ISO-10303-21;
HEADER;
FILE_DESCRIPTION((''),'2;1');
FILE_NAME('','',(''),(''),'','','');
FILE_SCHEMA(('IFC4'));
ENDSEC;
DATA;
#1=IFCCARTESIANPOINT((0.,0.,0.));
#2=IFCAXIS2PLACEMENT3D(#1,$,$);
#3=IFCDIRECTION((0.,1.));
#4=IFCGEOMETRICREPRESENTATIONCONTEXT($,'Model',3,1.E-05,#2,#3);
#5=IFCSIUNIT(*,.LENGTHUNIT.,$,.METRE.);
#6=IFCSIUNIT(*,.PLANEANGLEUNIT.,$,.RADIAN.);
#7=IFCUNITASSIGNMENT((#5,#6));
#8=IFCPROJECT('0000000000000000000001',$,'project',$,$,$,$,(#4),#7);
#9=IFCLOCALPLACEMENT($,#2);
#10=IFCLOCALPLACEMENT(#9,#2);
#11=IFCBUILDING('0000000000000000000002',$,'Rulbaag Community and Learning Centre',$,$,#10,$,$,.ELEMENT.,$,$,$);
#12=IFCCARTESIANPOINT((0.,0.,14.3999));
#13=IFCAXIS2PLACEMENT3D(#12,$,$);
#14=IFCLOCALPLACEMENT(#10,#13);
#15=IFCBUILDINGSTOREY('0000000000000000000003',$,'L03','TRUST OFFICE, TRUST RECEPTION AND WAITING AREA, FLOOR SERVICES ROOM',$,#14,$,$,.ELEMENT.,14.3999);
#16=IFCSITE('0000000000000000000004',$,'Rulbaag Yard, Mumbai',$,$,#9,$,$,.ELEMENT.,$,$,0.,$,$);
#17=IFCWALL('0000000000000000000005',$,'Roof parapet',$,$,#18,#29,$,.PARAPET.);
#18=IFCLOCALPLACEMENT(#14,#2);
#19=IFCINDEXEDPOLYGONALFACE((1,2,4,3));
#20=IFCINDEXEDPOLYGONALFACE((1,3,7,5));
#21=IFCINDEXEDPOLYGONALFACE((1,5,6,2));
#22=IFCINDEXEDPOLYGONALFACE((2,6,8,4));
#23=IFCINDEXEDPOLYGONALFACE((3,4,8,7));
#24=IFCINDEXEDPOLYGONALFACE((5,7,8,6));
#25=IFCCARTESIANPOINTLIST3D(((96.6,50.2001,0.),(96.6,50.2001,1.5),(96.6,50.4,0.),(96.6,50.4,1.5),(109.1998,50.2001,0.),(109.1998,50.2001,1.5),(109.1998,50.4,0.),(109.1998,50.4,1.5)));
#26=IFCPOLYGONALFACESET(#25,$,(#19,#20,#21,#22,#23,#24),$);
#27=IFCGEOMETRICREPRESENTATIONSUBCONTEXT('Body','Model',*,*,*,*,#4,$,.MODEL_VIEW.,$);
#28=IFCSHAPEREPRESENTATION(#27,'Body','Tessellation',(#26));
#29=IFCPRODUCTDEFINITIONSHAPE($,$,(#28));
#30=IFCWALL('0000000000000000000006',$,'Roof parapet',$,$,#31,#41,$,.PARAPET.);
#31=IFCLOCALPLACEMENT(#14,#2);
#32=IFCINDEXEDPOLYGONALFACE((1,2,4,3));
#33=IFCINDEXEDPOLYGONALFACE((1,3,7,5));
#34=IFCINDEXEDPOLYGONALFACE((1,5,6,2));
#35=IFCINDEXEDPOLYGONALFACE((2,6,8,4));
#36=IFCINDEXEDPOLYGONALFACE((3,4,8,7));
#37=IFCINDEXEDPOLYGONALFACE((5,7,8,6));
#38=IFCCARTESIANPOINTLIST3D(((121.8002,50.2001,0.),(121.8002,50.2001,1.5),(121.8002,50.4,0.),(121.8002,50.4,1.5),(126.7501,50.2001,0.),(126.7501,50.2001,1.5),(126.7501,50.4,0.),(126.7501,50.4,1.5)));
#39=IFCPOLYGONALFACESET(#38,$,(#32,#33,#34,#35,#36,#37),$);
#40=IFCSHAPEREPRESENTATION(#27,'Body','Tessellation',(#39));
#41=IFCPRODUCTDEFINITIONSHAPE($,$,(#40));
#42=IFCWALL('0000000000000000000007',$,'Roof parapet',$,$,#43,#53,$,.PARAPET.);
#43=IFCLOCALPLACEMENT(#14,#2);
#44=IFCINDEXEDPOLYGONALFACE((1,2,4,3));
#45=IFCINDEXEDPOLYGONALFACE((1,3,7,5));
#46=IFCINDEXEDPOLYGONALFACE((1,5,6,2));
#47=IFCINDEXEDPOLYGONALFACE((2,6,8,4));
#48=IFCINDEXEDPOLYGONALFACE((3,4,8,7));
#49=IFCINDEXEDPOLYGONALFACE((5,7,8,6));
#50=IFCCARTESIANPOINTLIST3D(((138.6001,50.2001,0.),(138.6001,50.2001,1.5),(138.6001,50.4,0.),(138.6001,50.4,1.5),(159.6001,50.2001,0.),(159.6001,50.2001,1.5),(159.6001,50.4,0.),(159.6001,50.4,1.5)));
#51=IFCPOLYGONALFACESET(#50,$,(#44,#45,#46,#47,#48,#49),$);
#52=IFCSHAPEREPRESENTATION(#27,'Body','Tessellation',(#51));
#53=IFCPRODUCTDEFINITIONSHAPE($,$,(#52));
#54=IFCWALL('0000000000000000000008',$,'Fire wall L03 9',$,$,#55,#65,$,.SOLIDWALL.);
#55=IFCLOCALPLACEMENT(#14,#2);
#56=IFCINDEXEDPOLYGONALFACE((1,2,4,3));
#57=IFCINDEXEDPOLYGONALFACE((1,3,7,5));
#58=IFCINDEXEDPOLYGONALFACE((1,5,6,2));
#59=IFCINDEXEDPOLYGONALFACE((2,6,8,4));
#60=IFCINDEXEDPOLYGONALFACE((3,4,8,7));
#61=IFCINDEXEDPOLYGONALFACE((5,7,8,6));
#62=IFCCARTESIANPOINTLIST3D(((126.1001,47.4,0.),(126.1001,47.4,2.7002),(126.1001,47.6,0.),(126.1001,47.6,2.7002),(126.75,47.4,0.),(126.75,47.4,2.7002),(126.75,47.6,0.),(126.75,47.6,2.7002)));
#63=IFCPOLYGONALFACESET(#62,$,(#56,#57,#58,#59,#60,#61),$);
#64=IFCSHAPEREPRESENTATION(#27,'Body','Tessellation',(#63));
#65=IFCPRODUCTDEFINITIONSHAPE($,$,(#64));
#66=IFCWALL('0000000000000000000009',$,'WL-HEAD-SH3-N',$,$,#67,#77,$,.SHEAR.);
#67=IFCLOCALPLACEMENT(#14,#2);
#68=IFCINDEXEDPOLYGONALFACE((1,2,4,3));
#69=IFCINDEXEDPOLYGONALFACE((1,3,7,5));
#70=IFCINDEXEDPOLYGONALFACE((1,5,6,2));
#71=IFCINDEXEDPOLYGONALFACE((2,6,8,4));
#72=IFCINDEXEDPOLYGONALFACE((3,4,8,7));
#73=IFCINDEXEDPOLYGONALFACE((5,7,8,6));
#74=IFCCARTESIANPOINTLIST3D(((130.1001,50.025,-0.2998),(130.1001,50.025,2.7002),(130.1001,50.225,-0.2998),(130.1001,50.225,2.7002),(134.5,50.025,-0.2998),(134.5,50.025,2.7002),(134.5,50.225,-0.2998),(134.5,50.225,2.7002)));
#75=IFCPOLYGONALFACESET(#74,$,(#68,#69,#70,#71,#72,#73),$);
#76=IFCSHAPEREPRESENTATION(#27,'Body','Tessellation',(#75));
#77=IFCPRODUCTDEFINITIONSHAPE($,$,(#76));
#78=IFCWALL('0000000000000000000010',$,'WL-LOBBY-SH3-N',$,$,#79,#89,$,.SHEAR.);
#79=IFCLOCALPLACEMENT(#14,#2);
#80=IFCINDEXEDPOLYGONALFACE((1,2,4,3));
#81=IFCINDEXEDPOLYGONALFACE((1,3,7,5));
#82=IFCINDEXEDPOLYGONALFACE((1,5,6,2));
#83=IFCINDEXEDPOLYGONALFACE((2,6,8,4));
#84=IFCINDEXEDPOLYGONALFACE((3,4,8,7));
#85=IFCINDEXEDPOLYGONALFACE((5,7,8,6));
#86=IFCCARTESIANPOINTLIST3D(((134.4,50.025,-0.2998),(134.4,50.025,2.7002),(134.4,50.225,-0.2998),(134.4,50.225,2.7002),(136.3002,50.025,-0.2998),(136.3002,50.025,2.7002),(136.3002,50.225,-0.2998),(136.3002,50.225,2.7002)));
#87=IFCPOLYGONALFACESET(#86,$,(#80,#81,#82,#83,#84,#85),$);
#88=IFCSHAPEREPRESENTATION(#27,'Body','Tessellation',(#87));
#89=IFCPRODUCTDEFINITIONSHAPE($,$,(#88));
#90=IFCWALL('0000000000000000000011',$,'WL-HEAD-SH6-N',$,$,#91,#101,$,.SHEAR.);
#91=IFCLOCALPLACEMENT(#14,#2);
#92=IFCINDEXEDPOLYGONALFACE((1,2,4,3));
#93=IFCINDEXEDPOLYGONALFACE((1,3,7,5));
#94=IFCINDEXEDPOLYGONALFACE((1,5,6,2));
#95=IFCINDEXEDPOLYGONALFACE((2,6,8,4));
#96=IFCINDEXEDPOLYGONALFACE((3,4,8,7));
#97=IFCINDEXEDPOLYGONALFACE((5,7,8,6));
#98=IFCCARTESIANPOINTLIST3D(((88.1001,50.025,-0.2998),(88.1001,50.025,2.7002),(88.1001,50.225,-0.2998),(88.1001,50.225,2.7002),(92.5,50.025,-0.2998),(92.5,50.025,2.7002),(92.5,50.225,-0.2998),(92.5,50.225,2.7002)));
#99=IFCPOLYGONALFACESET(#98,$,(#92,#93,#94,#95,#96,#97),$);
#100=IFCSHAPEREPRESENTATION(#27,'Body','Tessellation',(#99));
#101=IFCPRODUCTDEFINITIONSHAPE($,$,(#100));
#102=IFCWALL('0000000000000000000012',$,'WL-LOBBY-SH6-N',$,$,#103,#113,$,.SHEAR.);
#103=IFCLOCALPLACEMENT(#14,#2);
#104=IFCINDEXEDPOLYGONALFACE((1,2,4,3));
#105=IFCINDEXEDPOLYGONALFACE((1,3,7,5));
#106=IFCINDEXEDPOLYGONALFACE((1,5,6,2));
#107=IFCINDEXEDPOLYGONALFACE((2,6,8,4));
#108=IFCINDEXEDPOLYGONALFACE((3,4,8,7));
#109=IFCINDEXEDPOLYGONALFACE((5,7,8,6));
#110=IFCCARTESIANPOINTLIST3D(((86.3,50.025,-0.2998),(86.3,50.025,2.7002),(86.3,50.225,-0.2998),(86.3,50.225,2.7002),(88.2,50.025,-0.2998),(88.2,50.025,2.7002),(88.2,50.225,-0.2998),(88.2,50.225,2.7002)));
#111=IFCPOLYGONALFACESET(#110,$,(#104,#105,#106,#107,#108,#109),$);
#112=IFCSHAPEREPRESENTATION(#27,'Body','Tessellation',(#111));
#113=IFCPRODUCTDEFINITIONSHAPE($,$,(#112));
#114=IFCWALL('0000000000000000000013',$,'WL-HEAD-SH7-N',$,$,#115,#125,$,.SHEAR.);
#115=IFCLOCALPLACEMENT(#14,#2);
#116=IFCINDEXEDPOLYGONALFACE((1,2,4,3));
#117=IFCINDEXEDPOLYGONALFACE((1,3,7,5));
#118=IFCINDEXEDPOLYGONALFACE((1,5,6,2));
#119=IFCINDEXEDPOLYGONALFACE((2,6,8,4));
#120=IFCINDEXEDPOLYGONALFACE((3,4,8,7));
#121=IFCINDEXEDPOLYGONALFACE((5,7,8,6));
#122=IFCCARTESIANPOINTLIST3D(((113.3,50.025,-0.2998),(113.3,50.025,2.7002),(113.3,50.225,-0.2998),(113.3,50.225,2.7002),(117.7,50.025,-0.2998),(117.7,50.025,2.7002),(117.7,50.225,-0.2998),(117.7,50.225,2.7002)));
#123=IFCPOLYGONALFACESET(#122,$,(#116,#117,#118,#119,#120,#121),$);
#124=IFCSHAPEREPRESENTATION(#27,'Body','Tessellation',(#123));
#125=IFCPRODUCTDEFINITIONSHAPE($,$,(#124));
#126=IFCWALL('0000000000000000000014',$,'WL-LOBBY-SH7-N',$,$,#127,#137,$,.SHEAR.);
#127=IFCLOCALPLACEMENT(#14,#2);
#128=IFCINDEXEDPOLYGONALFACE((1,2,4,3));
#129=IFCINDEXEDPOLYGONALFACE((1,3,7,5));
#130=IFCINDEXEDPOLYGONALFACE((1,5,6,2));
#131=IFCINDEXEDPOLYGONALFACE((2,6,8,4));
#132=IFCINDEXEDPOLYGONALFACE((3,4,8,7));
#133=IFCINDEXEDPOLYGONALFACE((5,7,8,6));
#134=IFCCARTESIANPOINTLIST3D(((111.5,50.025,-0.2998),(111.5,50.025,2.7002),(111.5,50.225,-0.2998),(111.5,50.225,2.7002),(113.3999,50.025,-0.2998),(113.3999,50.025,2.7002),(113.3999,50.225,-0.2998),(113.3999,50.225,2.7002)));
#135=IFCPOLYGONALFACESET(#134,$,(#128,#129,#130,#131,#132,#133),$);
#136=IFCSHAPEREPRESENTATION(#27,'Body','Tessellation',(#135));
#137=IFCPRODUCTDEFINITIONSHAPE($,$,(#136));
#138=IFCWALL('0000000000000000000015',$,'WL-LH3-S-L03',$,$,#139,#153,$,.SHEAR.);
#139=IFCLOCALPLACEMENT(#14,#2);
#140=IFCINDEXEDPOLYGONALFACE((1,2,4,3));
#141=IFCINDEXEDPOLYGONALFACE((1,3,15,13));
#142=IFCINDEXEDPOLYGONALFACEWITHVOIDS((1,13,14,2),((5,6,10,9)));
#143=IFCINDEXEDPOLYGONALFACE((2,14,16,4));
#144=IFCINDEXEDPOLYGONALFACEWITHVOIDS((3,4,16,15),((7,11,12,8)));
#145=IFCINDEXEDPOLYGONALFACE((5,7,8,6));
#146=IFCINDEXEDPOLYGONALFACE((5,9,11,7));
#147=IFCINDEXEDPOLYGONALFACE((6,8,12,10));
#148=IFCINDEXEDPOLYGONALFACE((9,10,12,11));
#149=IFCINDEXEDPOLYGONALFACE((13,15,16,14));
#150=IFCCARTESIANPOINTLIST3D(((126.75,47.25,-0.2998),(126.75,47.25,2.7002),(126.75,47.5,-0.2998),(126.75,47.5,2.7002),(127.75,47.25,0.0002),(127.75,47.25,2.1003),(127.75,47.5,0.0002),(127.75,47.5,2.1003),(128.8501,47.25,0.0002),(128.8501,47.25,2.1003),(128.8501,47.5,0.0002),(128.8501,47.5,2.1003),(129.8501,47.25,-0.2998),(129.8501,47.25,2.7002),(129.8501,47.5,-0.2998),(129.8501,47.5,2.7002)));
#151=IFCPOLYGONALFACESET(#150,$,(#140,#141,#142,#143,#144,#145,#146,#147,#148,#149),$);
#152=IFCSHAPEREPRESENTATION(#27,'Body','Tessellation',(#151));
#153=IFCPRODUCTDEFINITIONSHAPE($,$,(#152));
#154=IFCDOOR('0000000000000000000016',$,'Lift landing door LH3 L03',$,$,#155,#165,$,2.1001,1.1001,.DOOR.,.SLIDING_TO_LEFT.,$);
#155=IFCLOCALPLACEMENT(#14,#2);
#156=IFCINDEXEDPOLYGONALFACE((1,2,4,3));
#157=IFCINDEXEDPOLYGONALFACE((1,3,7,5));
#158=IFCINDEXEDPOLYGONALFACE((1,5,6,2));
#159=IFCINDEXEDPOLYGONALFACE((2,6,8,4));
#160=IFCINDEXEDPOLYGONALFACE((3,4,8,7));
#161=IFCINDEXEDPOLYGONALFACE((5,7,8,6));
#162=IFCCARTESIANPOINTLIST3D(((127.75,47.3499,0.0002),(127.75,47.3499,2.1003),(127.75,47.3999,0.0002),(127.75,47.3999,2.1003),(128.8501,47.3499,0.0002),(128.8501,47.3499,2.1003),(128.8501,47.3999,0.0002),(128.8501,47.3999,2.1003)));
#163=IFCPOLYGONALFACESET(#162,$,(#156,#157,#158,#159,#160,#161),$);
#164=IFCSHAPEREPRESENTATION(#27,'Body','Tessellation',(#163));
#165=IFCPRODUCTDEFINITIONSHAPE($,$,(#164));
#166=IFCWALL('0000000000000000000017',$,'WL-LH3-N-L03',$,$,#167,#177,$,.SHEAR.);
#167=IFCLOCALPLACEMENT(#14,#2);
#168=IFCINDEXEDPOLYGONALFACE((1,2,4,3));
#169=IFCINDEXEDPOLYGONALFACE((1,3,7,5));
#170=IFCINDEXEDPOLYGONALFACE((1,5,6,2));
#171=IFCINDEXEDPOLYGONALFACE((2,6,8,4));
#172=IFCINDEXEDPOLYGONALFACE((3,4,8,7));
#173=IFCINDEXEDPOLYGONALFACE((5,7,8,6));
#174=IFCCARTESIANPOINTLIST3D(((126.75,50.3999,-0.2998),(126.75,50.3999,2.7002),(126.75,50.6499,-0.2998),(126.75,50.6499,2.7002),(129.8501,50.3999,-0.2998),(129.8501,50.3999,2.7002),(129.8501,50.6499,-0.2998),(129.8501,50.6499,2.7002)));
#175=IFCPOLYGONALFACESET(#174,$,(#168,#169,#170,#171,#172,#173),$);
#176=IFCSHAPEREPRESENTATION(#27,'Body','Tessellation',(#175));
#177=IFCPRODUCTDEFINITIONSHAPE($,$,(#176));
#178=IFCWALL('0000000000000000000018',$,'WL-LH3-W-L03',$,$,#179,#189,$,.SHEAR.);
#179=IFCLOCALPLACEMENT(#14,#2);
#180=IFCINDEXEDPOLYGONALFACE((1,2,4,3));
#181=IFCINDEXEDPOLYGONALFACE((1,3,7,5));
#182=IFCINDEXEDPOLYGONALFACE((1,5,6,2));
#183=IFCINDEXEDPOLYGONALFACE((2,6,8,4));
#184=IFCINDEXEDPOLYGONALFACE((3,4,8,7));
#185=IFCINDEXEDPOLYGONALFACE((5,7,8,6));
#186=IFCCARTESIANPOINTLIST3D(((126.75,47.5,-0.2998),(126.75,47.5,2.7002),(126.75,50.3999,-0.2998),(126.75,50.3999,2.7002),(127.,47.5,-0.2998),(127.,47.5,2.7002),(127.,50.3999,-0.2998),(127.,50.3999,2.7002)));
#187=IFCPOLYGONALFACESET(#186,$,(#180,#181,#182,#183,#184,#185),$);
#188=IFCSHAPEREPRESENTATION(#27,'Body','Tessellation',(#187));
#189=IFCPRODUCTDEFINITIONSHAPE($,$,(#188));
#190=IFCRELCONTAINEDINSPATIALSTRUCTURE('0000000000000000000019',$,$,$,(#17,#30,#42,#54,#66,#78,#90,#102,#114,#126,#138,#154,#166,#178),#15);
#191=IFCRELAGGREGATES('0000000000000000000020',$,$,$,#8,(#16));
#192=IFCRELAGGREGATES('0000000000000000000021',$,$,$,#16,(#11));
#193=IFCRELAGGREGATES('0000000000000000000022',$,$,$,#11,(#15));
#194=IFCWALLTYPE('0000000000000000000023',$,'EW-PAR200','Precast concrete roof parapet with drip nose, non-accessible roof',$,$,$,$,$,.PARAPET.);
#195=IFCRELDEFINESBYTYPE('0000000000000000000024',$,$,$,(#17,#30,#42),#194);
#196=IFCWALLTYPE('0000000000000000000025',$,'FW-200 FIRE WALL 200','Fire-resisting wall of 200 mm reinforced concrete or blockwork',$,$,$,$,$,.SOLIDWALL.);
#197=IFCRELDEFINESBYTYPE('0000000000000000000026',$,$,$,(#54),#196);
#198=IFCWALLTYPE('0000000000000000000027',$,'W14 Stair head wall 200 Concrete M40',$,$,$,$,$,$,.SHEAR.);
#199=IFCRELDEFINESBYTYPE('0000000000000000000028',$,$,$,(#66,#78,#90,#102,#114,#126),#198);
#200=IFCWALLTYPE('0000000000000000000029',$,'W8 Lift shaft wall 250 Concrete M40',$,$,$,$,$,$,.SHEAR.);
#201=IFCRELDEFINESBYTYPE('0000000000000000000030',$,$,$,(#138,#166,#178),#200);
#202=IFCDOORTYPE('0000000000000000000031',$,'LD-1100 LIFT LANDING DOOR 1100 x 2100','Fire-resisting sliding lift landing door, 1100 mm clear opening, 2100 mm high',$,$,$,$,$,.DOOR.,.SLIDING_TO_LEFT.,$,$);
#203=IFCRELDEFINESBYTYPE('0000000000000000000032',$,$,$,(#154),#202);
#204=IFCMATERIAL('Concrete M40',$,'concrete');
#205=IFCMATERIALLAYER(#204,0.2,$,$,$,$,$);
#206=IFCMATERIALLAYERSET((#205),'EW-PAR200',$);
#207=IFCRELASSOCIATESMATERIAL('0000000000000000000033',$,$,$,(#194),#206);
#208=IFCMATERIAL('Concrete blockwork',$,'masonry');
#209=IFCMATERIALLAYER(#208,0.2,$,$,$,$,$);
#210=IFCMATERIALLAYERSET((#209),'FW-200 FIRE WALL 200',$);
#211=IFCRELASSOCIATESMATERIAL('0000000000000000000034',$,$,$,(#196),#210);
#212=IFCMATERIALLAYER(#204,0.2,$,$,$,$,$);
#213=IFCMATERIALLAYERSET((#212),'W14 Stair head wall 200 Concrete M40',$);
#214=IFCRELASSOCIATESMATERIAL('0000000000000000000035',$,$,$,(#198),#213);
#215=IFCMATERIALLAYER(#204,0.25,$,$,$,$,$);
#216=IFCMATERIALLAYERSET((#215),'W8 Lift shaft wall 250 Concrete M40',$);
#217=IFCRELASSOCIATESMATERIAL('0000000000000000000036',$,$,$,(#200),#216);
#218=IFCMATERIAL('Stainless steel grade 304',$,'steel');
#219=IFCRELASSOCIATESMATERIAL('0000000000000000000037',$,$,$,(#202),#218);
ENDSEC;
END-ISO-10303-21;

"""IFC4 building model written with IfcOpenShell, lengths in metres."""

from ifc_helpers import new_model, si_unit, direction, frame, frame_2d, origin, place, context, subcontext, project, spatial, rectangle, extrude, material, layer, layer_set, type_object, element, fill, save


model = new_model("IFC4")

# Units and contexts
model_context = context("Model", 3, precision=1e-05, world=origin(), true_north=direction((0.0, 1.0)))
body_context = subcontext(model_context, "Body", "Model", "MODEL_VIEW")
ifc_project = project(units=[si_unit("LENGTHUNIT", "METRE"), si_unit("PLANEANGLEUNIT", "RADIAN")], contexts=[model_context])

# Site, building, storey
site_placement = place(None, origin())
site = spatial("IfcSite", under=ifc_project, at=site_placement, Name="Rulbaag Yard, Mumbai", CompositionType="ELEMENT", RefElevation=0.0)
building_placement = place(site_placement, origin())
building = spatial("IfcBuilding", under=site, at=building_placement, Name="Rulbaag Community and Learning Centre", CompositionType="ELEMENT")
storey_placement = place(building_placement, frame((0.0, 0.0, 14.3999)))
storey = spatial("IfcBuildingStorey", under=building, at=storey_placement, Name="L03", Description="TRUST OFFICE, TRUST RECEPTION AND WAITING AREA, FLOOR SERVICES ROOM", CompositionType="ELEMENT", Elevation=14.3999)

# Shared definitions
ifc_material_1 = material(Name="Concrete M40", Category="concrete")

# Walls
ifc_layer_1 = layer(ifc_material_1, 0.2)
ifc_layer_set_1 = layer_set([ifc_layer_1], Name="EW-PAR200")
wall_type_1 = type_object("IfcWallType", Name="EW-PAR200", Description="Precast concrete roof parapet with drip nose, non-accessible roof", PredefinedType="PARAPET", material=ifc_layer_set_1)
wall_1_placement = place(storey_placement, frame((96.6001, 50.3, 0.0), z_axis=(0.0, 0.0, 1.0), x_axis=(1.0, 0.0, 0.0)))
element("IfcWall", 1, at=wall_1_placement, inside=storey, type_object=wall_type_1, Name="Roof parapet", PredefinedType="PARAPET", context=body_context, shape_type="SweptSolid", body=[
    extrude(rectangle(XDim=12.5999, YDim=0.2, at=frame_2d((6.2998, 0.0))), origin(), (0.0, 0.0, 1.0), 1.5),
])
wall_2_placement = place(storey_placement, frame((121.8, 50.3, 0.0), z_axis=(0.0, 0.0, 1.0), x_axis=(1.0, 0.0, 0.0)))
element("IfcWall", 2, at=wall_2_placement, inside=storey, type_object=wall_type_1, Name="Roof parapet", PredefinedType="PARAPET", context=body_context, shape_type="SweptSolid", body=[
    extrude(rectangle(XDim=4.95, YDim=0.2, at=frame_2d((2.4751, 0.0))), origin(), (0.0, 0.0, 1.0), 1.5),
])
wall_3_placement = place(storey_placement, frame((138.6001, 50.3, 0.0), z_axis=(0.0, 0.0, 1.0), x_axis=(1.0, 0.0, 0.0)))
element("IfcWall", 3, at=wall_3_placement, inside=storey, type_object=wall_type_1, Name="Roof parapet", PredefinedType="PARAPET", context=body_context, shape_type="SweptSolid", body=[
    extrude(rectangle(XDim=21.0, YDim=0.2, at=frame_2d((10.5, 0.0))), origin(), (0.0, 0.0, 1.0), 1.5),
])
ifc_material_2 = material(Name="Concrete blockwork", Category="masonry")
ifc_layer_2 = layer(ifc_material_2, 0.2)
ifc_layer_set_2 = layer_set([ifc_layer_2], Name="FW-200 FIRE WALL 200")
wall_type_2 = type_object("IfcWallType", Name="FW-200 FIRE WALL 200", Description="Fire-resisting wall of 200 mm reinforced concrete or blockwork", PredefinedType="SOLIDWALL", material=ifc_layer_set_2)
wall_4_placement = place(storey_placement, frame((126.1001, 47.5, 0.0), z_axis=(0.0, 0.0, 1.0), x_axis=(1.0, 0.0, 0.0)))
element("IfcWall", 4, at=wall_4_placement, inside=storey, type_object=wall_type_2, Name="Fire wall L03 9", PredefinedType="SOLIDWALL", context=body_context, shape_type="SweptSolid", body=[
    extrude(rectangle(XDim=0.6499, YDim=0.2, at=frame_2d((0.325, 0.0))), origin(), (0.0, 0.0, 1.0), 2.7002),
])
ifc_layer_3 = layer(ifc_material_1, 0.2)
ifc_layer_set_3 = layer_set([ifc_layer_3], Name="W14 Stair head wall 200 Concrete M40")
wall_type_3 = type_object("IfcWallType", Name="W14 Stair head wall 200 Concrete M40", PredefinedType="SHEAR", material=ifc_layer_set_3)
wall_5_placement = place(storey_placement, frame((130.1001, 50.125, -0.2998), z_axis=(0.0, 0.0, 1.0), x_axis=(1.0, 0.0, 0.0)))
element("IfcWall", 5, at=wall_5_placement, inside=storey, type_object=wall_type_3, Name="WL-HEAD-SH3-N", PredefinedType="SHEAR", context=body_context, shape_type="SweptSolid", body=[
    extrude(rectangle(XDim=4.3999, YDim=0.2, at=frame_2d((2.2, 0.0))), origin(), (0.0, 0.0, 1.0), 3.0),
])
wall_6_placement = place(storey_placement, frame((134.3999, 50.125, -0.2998), z_axis=(0.0, 0.0, 1.0), x_axis=(1.0, 0.0, 0.0)))
element("IfcWall", 6, at=wall_6_placement, inside=storey, type_object=wall_type_3, Name="WL-LOBBY-SH3-N", PredefinedType="SHEAR", context=body_context, shape_type="SweptSolid", body=[
    extrude(rectangle(XDim=1.9001, YDim=0.2, at=frame_2d((0.9502, 0.0))), origin(), (0.0, 0.0, 1.0), 3.0),
])
wall_7_placement = place(storey_placement, frame((88.1001, 50.125, -0.2998), z_axis=(0.0, 0.0, 1.0), x_axis=(1.0, 0.0, 0.0)))
element("IfcWall", 7, at=wall_7_placement, inside=storey, type_object=wall_type_3, Name="WL-HEAD-SH6-N", PredefinedType="SHEAR", context=body_context, shape_type="SweptSolid", body=[
    extrude(rectangle(XDim=4.3999, YDim=0.2, at=frame_2d((2.2, 0.0))), origin(), (0.0, 0.0, 1.0), 3.0),
])
wall_8_placement = place(storey_placement, frame((88.2, 50.125, -0.2998), z_axis=(0.0, 0.0, 1.0), x_axis=(-1.0, 0.0, 0.0)))
element("IfcWall", 8, at=wall_8_placement, inside=storey, type_object=wall_type_3, Name="WL-LOBBY-SH6-N", PredefinedType="SHEAR", context=body_context, shape_type="SweptSolid", body=[
    extrude(rectangle(XDim=1.8999, YDim=0.2, at=frame_2d((0.95, 0.0))), origin(), (0.0, 0.0, 1.0), 3.0),
])
wall_9_placement = place(storey_placement, frame((113.3, 50.125, -0.2998), z_axis=(0.0, 0.0, 1.0), x_axis=(1.0, 0.0, 0.0)))
element("IfcWall", 9, at=wall_9_placement, inside=storey, type_object=wall_type_3, Name="WL-HEAD-SH7-N", PredefinedType="SHEAR", context=body_context, shape_type="SweptSolid", body=[
    extrude(rectangle(XDim=4.3999, YDim=0.2, at=frame_2d((2.2, 0.0))), origin(), (0.0, 0.0, 1.0), 3.0),
])
wall_10_placement = place(storey_placement, frame((113.3999, 50.125, -0.2998), z_axis=(0.0, 0.0, 1.0), x_axis=(-1.0, 0.0, 0.0)))
element("IfcWall", 10, at=wall_10_placement, inside=storey, type_object=wall_type_3, Name="WL-LOBBY-SH7-N", PredefinedType="SHEAR", context=body_context, shape_type="SweptSolid", body=[
    extrude(rectangle(XDim=1.8999, YDim=0.2, at=frame_2d((0.95, 0.0))), origin(), (0.0, 0.0, 1.0), 3.0),
])

# Wall, opening, door
ifc_layer_4 = layer(ifc_material_1, 0.25)
ifc_layer_set_4 = layer_set([ifc_layer_4], Name="W8 Lift shaft wall 250 Concrete M40")
wall_type_4 = type_object("IfcWallType", Name="W8 Lift shaft wall 250 Concrete M40", PredefinedType="SHEAR", material=ifc_layer_set_4)
wall_11_placement = place(storey_placement, frame((126.75, 47.375, -0.2998), z_axis=(0.0, 0.0, 1.0), x_axis=(1.0, 0.0, 0.0)))
wall_11 = element("IfcWall", 11, at=wall_11_placement, inside=storey, type_object=wall_type_4, Name="WL-LH3-S-L03", PredefinedType="SHEAR", context=body_context, shape_type="SweptSolid", body=[
    extrude(rectangle(XDim=3.1001, YDim=0.25, at=frame_2d((1.55, 0.0))), origin(), (0.0, 0.0, 1.0), 3.0),
])
opening_placement = place(wall_11_placement, frame((1.0, 0.0, 0.3)))
opening = element("IfcOpeningElement", 12, at=opening_placement, cuts=wall_11, PredefinedType="OPENING", context=body_context, shape_type="SweptSolid", body=[
    extrude(rectangle(XDim=1.1001, YDim=2.1001, at=frame_2d((0.55, 1.05))), frame((0.0, 0.135, 0.0), z_axis=(0.0, -1.0, 0.0), x_axis=(1.0, 0.0, 0.0)), (0.0, 0.0, 1.0), 0.27),
])
ifc_material_3 = material(Name="Stainless steel grade 304", Category="steel")
door_type = type_object("IfcDoorType", Name="LD-1100 LIFT LANDING DOOR 1100 x 2100", Description="Fire-resisting sliding lift landing door, 1100 mm clear opening, 2100 mm high", OperationType="SLIDING_TO_LEFT", PredefinedType="DOOR", material=ifc_material_3)
door_placement = place(opening_placement, origin())
door = element("IfcDoor", 13, at=door_placement, inside=storey, type_object=door_type, Name="Lift landing door LH3 L03", OperationType="SLIDING_TO_LEFT", OverallHeight=2.1001, OverallWidth=1.1001, PredefinedType="DOOR", context=body_context, shape_type="SweptSolid", body=[
    extrude(rectangle(XDim=1.1001, YDim=2.1001, at=frame_2d((0.55, 1.05))), frame((0.0, 0.0249, 0.0), z_axis=(0.0, -1.0, 0.0), x_axis=(1.0, 0.0, 0.0)), (0.0, 0.0, 1.0), 0.05),
])
fill(opening, door)

# Walls
wall_12_placement = place(storey_placement, frame((126.75, 50.5249, -0.2998), z_axis=(0.0, 0.0, 1.0), x_axis=(1.0, 0.0, 0.0)))
element("IfcWall", 14, at=wall_12_placement, inside=storey, type_object=wall_type_4, Name="WL-LH3-N-L03", PredefinedType="SHEAR", context=body_context, shape_type="SweptSolid", body=[
    extrude(rectangle(XDim=3.1001, YDim=0.25, at=frame_2d((1.55, 0.0))), origin(), (0.0, 0.0, 1.0), 3.0),
])
for number, where, z_axis, x_axis, name in (
    (15, (126.875, 47.5, -0.2998), (0.0, 0.0, 1.0), (0.0, 1.0, 0.0), "WL-LH3-W-L03"),
):
    element("IfcWall", number, at=place(storey_placement, frame(where, z_axis=z_axis, x_axis=x_axis)), inside=storey, type_object=wall_type_4, Name=name, PredefinedType="SHEAR", context=body_context, shape_type="SweptSolid", body=[
        extrude(rectangle(XDim=2.8999, YDim=0.25, at=frame_2d((1.45, 0.0))), origin(), (0.0, 0.0, 1.0), 3.0),
    ])

save(model, "model.ifc")
